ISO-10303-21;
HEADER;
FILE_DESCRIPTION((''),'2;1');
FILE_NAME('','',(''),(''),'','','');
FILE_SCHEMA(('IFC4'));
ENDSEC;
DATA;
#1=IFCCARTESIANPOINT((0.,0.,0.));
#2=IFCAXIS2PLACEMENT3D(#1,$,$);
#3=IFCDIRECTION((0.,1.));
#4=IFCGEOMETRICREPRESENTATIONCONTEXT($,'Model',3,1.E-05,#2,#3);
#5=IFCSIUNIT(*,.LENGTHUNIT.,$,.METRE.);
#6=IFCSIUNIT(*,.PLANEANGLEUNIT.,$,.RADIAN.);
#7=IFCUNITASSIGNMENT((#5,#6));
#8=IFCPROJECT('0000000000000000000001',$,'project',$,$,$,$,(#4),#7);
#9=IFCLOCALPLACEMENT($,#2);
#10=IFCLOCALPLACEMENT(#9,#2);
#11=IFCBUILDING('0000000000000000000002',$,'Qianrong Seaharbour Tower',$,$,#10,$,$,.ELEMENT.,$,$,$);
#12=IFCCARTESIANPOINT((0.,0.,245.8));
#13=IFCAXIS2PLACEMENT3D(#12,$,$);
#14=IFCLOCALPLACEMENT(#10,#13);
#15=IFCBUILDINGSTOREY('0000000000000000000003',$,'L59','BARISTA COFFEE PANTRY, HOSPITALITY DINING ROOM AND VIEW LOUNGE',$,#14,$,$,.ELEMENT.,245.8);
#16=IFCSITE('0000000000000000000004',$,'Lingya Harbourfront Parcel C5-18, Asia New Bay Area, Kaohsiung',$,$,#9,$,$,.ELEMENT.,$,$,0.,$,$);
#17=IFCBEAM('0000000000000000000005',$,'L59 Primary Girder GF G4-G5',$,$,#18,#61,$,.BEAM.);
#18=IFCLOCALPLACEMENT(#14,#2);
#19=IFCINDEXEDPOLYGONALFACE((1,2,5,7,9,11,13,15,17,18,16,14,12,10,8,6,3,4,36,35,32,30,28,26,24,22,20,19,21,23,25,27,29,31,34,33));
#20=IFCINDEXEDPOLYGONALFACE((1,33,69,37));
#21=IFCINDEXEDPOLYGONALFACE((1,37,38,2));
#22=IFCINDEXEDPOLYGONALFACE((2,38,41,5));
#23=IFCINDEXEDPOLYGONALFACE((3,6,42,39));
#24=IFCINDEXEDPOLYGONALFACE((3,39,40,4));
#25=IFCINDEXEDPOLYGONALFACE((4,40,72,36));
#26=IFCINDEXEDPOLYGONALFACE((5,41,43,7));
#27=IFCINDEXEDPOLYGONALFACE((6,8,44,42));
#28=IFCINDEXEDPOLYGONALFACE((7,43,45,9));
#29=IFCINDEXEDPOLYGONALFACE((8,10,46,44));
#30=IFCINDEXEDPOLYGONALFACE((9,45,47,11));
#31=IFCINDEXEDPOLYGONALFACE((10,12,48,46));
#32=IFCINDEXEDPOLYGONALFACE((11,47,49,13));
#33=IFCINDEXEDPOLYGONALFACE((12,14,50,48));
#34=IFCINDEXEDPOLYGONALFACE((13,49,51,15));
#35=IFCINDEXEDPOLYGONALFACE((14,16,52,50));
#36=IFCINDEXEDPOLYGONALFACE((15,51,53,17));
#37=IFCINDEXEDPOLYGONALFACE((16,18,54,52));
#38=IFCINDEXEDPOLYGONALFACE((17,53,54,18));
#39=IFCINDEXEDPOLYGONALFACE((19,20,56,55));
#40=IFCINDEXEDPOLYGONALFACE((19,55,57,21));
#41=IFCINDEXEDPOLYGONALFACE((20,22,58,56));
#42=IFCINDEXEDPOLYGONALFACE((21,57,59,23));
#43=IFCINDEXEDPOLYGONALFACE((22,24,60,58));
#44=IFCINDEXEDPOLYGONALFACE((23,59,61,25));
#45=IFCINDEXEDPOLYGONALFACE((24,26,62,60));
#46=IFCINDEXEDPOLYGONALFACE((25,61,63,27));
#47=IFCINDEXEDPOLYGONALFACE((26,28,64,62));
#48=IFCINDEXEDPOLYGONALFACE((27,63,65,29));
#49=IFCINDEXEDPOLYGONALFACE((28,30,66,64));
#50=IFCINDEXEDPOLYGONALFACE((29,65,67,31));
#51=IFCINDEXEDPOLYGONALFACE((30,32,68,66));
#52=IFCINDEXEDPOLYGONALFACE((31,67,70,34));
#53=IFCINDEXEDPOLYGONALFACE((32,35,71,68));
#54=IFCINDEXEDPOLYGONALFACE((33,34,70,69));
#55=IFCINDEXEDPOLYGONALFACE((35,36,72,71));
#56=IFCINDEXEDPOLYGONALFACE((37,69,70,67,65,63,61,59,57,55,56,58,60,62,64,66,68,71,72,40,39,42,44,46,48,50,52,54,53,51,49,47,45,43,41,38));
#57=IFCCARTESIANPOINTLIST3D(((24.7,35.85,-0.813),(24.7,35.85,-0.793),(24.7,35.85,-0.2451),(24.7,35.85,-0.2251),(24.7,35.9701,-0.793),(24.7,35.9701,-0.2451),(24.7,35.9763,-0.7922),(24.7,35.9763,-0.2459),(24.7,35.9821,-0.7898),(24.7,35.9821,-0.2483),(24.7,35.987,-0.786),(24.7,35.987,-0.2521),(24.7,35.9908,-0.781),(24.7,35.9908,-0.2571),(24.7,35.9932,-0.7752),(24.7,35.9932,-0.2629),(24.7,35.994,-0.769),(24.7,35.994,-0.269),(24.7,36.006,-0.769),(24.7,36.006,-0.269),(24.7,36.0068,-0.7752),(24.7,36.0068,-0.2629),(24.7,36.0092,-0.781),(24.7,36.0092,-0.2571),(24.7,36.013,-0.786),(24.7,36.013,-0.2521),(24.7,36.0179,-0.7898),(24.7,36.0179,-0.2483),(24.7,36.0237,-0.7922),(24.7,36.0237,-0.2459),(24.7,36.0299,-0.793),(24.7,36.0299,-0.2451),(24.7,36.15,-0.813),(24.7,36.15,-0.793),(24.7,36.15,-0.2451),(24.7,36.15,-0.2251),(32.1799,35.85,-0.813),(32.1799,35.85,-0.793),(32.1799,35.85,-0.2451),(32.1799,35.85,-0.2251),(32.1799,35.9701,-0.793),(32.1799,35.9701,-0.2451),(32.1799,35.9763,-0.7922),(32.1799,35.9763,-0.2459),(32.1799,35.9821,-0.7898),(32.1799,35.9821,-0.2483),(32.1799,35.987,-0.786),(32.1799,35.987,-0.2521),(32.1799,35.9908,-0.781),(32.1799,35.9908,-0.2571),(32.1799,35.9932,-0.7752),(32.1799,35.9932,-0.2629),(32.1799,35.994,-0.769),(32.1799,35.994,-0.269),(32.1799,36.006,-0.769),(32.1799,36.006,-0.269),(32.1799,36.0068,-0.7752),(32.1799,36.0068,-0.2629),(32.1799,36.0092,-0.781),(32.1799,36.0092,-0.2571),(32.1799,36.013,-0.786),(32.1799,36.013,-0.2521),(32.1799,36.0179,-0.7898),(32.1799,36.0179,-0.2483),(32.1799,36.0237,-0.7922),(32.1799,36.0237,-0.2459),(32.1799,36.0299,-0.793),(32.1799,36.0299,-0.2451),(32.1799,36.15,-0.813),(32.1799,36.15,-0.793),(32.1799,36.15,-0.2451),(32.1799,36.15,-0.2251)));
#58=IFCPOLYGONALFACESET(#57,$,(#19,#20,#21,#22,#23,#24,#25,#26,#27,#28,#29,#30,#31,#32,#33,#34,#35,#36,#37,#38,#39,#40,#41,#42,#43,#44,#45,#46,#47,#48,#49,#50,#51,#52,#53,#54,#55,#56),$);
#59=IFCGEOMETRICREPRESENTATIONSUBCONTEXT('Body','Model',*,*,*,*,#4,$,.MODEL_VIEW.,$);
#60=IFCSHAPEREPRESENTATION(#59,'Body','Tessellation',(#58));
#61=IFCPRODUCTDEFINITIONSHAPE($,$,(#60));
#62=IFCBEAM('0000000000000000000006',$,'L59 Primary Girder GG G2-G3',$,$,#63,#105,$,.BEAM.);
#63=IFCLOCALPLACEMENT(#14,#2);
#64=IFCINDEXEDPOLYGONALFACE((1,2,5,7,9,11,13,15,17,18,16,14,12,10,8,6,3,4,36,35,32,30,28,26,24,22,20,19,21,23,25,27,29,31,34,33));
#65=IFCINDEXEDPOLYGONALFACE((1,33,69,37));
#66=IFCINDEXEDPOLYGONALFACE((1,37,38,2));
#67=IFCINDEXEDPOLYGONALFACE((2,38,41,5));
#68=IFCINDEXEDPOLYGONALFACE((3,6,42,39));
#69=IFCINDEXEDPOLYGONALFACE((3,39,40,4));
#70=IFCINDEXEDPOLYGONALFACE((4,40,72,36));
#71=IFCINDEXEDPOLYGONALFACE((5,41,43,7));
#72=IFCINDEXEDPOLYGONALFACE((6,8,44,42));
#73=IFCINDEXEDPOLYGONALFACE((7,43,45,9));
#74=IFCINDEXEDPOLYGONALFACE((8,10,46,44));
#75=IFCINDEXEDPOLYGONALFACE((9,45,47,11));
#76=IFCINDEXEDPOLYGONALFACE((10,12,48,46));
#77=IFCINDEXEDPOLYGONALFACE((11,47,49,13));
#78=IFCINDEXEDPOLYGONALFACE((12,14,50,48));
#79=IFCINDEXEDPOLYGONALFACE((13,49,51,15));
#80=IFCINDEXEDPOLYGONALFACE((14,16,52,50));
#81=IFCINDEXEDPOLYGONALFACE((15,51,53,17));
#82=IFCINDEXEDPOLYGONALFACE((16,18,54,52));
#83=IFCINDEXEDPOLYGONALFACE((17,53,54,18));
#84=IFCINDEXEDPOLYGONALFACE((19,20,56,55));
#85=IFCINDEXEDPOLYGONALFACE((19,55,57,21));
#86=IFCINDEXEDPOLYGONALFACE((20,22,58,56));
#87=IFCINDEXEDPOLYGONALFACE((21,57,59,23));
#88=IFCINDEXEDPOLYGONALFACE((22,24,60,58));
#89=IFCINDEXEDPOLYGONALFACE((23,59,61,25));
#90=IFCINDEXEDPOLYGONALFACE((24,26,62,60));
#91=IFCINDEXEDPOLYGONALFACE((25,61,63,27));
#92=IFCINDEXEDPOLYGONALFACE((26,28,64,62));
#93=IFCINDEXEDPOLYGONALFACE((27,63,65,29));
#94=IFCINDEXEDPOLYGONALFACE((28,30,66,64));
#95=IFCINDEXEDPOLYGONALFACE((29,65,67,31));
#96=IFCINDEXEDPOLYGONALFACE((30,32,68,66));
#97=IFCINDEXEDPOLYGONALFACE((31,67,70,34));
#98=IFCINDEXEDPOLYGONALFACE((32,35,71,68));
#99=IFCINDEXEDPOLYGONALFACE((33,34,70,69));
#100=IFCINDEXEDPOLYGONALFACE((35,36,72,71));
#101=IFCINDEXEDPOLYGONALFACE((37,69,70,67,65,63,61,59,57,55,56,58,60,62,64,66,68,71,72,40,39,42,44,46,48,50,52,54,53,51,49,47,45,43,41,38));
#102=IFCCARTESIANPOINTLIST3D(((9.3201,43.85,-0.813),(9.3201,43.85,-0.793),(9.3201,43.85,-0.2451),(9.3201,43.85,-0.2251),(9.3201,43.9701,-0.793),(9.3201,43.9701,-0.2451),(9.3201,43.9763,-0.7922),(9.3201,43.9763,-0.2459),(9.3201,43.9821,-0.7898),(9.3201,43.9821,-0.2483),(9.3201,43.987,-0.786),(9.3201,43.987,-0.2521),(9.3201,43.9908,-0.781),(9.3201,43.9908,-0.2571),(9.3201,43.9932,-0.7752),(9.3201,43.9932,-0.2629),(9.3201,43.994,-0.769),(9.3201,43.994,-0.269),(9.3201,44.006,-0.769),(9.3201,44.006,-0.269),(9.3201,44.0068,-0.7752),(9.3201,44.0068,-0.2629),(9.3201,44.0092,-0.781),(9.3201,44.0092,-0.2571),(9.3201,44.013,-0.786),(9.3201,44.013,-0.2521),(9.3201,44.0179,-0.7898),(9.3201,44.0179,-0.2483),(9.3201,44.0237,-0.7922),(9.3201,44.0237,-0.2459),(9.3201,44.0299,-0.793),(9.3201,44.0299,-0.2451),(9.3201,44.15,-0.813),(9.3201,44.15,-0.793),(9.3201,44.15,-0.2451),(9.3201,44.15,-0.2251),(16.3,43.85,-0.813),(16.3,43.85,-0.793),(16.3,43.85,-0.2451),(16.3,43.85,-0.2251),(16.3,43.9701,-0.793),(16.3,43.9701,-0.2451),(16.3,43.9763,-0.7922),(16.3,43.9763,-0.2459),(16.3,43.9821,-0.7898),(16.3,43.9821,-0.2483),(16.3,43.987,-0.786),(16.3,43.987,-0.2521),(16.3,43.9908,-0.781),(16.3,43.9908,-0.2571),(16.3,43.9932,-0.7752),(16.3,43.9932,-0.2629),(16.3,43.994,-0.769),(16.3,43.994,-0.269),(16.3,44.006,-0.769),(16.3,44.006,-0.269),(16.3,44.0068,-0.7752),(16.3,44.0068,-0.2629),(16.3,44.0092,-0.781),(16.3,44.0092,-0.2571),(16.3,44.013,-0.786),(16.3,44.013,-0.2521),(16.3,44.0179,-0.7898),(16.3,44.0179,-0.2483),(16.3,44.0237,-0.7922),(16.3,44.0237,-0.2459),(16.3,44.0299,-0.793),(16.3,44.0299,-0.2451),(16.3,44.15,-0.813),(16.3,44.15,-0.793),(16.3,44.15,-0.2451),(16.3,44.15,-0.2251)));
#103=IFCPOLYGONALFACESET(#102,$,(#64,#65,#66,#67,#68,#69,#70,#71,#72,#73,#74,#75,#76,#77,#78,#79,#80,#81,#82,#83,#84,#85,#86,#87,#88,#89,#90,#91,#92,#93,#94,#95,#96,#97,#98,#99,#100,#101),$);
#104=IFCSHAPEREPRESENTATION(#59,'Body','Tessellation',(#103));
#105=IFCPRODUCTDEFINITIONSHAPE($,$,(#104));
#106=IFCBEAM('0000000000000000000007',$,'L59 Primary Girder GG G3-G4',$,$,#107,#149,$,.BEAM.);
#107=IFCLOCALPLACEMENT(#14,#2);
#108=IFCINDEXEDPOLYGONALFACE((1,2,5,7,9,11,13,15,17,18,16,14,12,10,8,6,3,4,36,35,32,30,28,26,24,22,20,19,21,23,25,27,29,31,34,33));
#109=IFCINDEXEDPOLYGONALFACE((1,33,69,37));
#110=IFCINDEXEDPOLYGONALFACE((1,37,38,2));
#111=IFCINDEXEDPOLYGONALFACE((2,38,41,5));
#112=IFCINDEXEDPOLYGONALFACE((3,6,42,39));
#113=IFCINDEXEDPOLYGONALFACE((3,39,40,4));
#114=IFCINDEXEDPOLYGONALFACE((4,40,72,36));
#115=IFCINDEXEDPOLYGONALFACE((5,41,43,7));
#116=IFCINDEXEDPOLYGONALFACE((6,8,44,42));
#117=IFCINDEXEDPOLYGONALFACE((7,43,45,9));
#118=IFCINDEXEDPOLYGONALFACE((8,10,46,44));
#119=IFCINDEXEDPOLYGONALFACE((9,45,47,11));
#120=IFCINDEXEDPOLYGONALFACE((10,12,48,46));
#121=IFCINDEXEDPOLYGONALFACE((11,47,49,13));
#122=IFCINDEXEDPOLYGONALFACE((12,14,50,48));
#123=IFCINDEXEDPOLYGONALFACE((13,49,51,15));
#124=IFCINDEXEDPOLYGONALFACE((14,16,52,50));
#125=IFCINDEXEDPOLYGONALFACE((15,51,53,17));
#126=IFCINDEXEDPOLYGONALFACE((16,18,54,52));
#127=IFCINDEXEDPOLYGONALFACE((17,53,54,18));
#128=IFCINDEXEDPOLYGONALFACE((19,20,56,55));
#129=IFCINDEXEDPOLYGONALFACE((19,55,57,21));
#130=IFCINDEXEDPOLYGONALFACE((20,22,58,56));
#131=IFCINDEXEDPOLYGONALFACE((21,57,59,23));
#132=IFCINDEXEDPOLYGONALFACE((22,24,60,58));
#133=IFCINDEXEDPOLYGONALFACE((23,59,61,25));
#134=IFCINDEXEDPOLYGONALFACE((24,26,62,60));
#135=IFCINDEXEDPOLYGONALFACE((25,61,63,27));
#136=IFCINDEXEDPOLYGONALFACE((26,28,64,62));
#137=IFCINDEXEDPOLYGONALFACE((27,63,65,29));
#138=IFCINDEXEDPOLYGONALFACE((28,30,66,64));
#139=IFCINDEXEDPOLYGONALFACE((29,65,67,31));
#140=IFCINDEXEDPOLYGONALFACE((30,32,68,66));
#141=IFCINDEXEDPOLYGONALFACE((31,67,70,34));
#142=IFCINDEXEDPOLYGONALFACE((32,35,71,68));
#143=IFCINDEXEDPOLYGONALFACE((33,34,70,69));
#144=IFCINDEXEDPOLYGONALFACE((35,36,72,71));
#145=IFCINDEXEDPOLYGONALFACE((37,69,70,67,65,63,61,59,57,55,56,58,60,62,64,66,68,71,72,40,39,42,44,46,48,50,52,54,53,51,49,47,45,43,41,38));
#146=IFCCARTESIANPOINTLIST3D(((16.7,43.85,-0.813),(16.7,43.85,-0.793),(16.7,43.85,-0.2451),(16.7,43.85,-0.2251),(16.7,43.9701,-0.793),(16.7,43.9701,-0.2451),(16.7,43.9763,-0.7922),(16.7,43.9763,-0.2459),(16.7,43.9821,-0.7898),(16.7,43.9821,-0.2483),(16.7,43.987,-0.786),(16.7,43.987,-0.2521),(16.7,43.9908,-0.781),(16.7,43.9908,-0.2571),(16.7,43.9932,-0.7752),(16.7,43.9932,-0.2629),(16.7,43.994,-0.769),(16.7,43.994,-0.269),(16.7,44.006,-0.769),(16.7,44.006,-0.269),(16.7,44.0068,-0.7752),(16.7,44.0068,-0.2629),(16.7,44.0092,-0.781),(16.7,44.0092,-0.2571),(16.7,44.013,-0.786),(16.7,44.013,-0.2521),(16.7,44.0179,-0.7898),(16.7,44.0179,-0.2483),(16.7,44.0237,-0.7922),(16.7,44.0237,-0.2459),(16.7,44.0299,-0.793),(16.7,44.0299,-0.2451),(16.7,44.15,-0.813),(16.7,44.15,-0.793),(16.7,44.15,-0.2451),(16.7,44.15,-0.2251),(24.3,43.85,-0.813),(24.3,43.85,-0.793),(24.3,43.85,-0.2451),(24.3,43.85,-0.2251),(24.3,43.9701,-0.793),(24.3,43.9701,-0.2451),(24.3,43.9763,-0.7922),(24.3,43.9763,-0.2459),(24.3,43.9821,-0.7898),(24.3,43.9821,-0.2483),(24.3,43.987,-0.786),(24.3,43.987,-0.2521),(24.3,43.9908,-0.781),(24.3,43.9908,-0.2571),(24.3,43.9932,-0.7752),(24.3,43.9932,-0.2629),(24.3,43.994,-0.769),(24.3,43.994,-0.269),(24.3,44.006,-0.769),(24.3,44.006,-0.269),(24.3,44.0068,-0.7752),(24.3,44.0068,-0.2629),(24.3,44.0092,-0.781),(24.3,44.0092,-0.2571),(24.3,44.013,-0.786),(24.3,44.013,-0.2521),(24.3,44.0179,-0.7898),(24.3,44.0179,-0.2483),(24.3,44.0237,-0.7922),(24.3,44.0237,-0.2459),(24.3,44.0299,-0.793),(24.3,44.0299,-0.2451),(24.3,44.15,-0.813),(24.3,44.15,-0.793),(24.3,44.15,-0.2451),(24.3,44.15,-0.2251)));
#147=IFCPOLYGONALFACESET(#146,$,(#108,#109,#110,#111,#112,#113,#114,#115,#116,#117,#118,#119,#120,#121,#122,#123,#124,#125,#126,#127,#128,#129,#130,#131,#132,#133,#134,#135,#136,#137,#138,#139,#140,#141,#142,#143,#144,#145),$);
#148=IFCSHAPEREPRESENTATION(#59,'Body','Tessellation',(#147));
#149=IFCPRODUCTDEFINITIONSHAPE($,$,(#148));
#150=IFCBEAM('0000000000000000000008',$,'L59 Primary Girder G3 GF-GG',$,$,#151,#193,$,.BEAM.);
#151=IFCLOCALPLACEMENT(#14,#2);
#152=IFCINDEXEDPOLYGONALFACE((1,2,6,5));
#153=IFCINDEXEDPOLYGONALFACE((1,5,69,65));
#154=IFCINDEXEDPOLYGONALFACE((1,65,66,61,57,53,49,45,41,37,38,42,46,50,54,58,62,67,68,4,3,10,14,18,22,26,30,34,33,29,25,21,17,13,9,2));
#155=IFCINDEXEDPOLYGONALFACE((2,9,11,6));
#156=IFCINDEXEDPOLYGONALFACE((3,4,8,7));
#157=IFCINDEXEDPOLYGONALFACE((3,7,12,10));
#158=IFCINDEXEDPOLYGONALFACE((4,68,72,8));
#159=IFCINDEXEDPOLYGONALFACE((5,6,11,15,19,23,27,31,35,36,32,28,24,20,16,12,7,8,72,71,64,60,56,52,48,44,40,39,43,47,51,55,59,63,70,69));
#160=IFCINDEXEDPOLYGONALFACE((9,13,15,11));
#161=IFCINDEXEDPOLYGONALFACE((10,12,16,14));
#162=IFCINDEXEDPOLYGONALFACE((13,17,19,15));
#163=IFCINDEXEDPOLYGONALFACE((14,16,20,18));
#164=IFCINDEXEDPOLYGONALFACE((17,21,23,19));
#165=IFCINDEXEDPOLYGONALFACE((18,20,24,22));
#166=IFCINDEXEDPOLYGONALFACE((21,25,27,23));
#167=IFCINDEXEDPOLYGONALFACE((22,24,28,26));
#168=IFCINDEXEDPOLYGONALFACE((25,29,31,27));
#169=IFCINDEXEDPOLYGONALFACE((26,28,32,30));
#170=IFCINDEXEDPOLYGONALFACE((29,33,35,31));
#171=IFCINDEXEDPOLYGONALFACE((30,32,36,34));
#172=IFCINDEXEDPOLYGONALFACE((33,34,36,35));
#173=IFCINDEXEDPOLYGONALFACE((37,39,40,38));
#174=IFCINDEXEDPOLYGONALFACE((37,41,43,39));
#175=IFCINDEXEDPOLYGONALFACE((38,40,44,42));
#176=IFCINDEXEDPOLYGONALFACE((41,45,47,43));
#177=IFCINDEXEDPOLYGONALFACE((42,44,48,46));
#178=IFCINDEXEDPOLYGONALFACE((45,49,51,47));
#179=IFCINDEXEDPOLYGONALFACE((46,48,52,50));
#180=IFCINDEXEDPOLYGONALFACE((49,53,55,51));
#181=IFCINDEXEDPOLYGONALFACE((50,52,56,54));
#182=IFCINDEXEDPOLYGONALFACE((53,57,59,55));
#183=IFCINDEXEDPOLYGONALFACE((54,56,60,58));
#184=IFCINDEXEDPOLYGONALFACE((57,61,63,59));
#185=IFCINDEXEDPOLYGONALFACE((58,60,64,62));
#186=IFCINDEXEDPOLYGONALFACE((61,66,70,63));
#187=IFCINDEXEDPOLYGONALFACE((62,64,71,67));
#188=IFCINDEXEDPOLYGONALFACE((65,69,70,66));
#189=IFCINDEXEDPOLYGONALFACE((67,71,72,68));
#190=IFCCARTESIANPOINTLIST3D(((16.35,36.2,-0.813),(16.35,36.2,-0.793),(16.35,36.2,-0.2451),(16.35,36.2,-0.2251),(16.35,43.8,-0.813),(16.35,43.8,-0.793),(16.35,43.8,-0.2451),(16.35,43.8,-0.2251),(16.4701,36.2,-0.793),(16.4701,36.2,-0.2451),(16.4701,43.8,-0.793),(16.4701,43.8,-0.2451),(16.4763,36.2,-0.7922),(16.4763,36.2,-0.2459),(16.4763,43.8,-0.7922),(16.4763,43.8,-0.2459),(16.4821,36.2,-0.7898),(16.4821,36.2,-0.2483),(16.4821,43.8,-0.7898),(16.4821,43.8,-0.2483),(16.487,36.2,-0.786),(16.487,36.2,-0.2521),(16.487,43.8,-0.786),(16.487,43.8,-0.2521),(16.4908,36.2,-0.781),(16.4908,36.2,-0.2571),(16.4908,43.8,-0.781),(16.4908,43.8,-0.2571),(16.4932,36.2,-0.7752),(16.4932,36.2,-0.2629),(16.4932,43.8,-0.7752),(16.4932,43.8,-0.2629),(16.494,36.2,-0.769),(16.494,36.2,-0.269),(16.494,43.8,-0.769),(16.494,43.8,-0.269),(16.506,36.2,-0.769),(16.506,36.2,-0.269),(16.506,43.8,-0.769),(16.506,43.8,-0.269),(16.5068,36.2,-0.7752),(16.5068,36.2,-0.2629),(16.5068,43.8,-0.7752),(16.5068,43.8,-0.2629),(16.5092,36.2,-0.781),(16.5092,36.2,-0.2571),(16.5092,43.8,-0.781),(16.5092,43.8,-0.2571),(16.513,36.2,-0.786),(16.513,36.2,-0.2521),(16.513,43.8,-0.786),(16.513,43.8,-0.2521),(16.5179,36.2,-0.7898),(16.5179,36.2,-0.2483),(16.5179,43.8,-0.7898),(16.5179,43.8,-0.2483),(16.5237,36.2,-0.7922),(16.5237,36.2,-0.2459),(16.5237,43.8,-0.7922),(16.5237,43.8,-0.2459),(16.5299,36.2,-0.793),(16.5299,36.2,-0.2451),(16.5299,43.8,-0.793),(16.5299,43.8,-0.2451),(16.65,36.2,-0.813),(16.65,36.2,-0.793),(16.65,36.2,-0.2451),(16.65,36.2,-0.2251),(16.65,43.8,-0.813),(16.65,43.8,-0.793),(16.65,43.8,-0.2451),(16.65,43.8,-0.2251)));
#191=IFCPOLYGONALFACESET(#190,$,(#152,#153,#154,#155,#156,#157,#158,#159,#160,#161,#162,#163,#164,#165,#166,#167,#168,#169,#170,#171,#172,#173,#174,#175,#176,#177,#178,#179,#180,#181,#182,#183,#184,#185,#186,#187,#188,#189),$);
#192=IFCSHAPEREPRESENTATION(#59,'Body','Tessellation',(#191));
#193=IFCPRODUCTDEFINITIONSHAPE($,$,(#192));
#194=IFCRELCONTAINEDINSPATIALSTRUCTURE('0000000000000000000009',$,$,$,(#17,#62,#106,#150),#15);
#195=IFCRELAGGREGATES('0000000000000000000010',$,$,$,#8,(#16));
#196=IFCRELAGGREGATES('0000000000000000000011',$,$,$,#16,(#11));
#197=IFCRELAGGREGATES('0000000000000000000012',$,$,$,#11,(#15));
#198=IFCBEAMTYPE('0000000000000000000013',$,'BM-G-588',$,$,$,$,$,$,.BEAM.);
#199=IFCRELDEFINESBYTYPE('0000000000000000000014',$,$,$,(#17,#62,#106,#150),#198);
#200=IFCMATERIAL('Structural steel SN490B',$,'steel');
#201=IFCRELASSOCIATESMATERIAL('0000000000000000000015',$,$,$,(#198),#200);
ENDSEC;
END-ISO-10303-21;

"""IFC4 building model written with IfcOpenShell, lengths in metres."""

from ifc_helpers import new_model, si_unit, direction, frame, origin, origin_2d, place, context, subcontext, project, spatial, i_section, extrude, material, material_profile, profile_set, type_object, element, save


model = new_model("IFC4")

# Units and contexts
model_context = context("Model", 3, precision=1e-05, world=origin(), true_north=direction((0.0, 1.0)))
body_context = subcontext(model_context, "Body", "Model", "MODEL_VIEW")
ifc_project = project(units=[si_unit("LENGTHUNIT", "METRE"), si_unit("PLANEANGLEUNIT", "RADIAN")], contexts=[model_context])

# Site, building, storey
site_placement = place(None, origin())
site = spatial("IfcSite", under=ifc_project, at=site_placement, Name="Lingya Harbourfront Parcel C5-18, Asia New Bay Area, Kaohsiung", CompositionType="ELEMENT", RefElevation=0.0)
building_placement = place(site_placement, origin())
building = spatial("IfcBuilding", under=site, at=building_placement, Name="Qianrong Seaharbour Tower", CompositionType="ELEMENT")
storey_placement = place(building_placement, frame((0.0, 0.0, 245.8)))
storey = spatial("IfcBuildingStorey", under=building, at=storey_placement, Name="L59", Description="BARISTA COFFEE PANTRY, HOSPITALITY DINING ROOM AND VIEW LOUNGE", CompositionType="ELEMENT", Elevation=245.8)

# Shared definitions
ifc_material_1 = material(Name="Structural steel SN490B", Category="steel")

# Beams
ifc_material_profile_1 = material_profile(ifc_material_1, i_section(OverallWidth=0.3, OverallDepth=0.5879, WebThickness=0.012, FlangeThickness=0.02, FilletRadius=0.0239, at=origin_2d()), Name="H588x300x12x20")
ifc_profile_set_1 = profile_set([ifc_material_profile_1], Name="Structural steel SN490B")
beam_type_1 = type_object("IfcBeamType", Name="BM-G-588", PredefinedType="BEAM", material=ifc_profile_set_1)
beam_1_placement = place(storey_placement, frame((24.7, 36.0, -0.519), z_axis=(1.0, 0.0, 0.0), x_axis=(0.0, 1.0, 0.0)))
element("IfcBeam", 1, at=beam_1_placement, inside=storey, type_object=beam_type_1, Name="L59 Primary Girder GF G4-G5", PredefinedType="BEAM", context=body_context, shape_type="SweptSolid", body=[
    extrude(i_section(OverallWidth=0.3, OverallDepth=0.5879, WebThickness=0.012, FlangeThickness=0.02, FilletRadius=0.0239, at=origin_2d()), origin(), (0.0, 0.0, 1.0), 7.48),
])
beam_2_placement = place(storey_placement, frame((9.3201, 44.0, -0.519), z_axis=(1.0, 0.0, 0.0), x_axis=(0.0, 1.0, 0.0)))
element("IfcBeam", 2, at=beam_2_placement, inside=storey, type_object=beam_type_1, Name="L59 Primary Girder GG G2-G3", PredefinedType="BEAM", context=body_context, shape_type="SweptSolid", body=[
    extrude(i_section(OverallWidth=0.3, OverallDepth=0.5879, WebThickness=0.012, FlangeThickness=0.02, FilletRadius=0.0239, at=origin_2d()), origin(), (0.0, 0.0, 1.0), 6.98),
])
for number, where, z_axis, x_axis, name in (
    (3, (16.7, 44.0, -0.519), (1.0, 0.0, 0.0), (0.0, 1.0, 0.0), "L59 Primary Girder GG G3-G4"),
    (4, (16.5, 36.2, -0.519), (0.0, 1.0, 0.0), (-1.0, 0.0, 0.0), "L59 Primary Girder G3 GF-GG"),
):
    element("IfcBeam", number, at=place(storey_placement, frame(where, z_axis=z_axis, x_axis=x_axis)), inside=storey, type_object=beam_type_1, Name=name, PredefinedType="BEAM", context=body_context, shape_type="SweptSolid", body=[
        extrude(i_section(OverallWidth=0.3, OverallDepth=0.5879, WebThickness=0.012, FlangeThickness=0.02, FilletRadius=0.0239, at=origin_2d()), origin(), (0.0, 0.0, 1.0), 7.6001),
    ])

save(model, "model.ifc")
